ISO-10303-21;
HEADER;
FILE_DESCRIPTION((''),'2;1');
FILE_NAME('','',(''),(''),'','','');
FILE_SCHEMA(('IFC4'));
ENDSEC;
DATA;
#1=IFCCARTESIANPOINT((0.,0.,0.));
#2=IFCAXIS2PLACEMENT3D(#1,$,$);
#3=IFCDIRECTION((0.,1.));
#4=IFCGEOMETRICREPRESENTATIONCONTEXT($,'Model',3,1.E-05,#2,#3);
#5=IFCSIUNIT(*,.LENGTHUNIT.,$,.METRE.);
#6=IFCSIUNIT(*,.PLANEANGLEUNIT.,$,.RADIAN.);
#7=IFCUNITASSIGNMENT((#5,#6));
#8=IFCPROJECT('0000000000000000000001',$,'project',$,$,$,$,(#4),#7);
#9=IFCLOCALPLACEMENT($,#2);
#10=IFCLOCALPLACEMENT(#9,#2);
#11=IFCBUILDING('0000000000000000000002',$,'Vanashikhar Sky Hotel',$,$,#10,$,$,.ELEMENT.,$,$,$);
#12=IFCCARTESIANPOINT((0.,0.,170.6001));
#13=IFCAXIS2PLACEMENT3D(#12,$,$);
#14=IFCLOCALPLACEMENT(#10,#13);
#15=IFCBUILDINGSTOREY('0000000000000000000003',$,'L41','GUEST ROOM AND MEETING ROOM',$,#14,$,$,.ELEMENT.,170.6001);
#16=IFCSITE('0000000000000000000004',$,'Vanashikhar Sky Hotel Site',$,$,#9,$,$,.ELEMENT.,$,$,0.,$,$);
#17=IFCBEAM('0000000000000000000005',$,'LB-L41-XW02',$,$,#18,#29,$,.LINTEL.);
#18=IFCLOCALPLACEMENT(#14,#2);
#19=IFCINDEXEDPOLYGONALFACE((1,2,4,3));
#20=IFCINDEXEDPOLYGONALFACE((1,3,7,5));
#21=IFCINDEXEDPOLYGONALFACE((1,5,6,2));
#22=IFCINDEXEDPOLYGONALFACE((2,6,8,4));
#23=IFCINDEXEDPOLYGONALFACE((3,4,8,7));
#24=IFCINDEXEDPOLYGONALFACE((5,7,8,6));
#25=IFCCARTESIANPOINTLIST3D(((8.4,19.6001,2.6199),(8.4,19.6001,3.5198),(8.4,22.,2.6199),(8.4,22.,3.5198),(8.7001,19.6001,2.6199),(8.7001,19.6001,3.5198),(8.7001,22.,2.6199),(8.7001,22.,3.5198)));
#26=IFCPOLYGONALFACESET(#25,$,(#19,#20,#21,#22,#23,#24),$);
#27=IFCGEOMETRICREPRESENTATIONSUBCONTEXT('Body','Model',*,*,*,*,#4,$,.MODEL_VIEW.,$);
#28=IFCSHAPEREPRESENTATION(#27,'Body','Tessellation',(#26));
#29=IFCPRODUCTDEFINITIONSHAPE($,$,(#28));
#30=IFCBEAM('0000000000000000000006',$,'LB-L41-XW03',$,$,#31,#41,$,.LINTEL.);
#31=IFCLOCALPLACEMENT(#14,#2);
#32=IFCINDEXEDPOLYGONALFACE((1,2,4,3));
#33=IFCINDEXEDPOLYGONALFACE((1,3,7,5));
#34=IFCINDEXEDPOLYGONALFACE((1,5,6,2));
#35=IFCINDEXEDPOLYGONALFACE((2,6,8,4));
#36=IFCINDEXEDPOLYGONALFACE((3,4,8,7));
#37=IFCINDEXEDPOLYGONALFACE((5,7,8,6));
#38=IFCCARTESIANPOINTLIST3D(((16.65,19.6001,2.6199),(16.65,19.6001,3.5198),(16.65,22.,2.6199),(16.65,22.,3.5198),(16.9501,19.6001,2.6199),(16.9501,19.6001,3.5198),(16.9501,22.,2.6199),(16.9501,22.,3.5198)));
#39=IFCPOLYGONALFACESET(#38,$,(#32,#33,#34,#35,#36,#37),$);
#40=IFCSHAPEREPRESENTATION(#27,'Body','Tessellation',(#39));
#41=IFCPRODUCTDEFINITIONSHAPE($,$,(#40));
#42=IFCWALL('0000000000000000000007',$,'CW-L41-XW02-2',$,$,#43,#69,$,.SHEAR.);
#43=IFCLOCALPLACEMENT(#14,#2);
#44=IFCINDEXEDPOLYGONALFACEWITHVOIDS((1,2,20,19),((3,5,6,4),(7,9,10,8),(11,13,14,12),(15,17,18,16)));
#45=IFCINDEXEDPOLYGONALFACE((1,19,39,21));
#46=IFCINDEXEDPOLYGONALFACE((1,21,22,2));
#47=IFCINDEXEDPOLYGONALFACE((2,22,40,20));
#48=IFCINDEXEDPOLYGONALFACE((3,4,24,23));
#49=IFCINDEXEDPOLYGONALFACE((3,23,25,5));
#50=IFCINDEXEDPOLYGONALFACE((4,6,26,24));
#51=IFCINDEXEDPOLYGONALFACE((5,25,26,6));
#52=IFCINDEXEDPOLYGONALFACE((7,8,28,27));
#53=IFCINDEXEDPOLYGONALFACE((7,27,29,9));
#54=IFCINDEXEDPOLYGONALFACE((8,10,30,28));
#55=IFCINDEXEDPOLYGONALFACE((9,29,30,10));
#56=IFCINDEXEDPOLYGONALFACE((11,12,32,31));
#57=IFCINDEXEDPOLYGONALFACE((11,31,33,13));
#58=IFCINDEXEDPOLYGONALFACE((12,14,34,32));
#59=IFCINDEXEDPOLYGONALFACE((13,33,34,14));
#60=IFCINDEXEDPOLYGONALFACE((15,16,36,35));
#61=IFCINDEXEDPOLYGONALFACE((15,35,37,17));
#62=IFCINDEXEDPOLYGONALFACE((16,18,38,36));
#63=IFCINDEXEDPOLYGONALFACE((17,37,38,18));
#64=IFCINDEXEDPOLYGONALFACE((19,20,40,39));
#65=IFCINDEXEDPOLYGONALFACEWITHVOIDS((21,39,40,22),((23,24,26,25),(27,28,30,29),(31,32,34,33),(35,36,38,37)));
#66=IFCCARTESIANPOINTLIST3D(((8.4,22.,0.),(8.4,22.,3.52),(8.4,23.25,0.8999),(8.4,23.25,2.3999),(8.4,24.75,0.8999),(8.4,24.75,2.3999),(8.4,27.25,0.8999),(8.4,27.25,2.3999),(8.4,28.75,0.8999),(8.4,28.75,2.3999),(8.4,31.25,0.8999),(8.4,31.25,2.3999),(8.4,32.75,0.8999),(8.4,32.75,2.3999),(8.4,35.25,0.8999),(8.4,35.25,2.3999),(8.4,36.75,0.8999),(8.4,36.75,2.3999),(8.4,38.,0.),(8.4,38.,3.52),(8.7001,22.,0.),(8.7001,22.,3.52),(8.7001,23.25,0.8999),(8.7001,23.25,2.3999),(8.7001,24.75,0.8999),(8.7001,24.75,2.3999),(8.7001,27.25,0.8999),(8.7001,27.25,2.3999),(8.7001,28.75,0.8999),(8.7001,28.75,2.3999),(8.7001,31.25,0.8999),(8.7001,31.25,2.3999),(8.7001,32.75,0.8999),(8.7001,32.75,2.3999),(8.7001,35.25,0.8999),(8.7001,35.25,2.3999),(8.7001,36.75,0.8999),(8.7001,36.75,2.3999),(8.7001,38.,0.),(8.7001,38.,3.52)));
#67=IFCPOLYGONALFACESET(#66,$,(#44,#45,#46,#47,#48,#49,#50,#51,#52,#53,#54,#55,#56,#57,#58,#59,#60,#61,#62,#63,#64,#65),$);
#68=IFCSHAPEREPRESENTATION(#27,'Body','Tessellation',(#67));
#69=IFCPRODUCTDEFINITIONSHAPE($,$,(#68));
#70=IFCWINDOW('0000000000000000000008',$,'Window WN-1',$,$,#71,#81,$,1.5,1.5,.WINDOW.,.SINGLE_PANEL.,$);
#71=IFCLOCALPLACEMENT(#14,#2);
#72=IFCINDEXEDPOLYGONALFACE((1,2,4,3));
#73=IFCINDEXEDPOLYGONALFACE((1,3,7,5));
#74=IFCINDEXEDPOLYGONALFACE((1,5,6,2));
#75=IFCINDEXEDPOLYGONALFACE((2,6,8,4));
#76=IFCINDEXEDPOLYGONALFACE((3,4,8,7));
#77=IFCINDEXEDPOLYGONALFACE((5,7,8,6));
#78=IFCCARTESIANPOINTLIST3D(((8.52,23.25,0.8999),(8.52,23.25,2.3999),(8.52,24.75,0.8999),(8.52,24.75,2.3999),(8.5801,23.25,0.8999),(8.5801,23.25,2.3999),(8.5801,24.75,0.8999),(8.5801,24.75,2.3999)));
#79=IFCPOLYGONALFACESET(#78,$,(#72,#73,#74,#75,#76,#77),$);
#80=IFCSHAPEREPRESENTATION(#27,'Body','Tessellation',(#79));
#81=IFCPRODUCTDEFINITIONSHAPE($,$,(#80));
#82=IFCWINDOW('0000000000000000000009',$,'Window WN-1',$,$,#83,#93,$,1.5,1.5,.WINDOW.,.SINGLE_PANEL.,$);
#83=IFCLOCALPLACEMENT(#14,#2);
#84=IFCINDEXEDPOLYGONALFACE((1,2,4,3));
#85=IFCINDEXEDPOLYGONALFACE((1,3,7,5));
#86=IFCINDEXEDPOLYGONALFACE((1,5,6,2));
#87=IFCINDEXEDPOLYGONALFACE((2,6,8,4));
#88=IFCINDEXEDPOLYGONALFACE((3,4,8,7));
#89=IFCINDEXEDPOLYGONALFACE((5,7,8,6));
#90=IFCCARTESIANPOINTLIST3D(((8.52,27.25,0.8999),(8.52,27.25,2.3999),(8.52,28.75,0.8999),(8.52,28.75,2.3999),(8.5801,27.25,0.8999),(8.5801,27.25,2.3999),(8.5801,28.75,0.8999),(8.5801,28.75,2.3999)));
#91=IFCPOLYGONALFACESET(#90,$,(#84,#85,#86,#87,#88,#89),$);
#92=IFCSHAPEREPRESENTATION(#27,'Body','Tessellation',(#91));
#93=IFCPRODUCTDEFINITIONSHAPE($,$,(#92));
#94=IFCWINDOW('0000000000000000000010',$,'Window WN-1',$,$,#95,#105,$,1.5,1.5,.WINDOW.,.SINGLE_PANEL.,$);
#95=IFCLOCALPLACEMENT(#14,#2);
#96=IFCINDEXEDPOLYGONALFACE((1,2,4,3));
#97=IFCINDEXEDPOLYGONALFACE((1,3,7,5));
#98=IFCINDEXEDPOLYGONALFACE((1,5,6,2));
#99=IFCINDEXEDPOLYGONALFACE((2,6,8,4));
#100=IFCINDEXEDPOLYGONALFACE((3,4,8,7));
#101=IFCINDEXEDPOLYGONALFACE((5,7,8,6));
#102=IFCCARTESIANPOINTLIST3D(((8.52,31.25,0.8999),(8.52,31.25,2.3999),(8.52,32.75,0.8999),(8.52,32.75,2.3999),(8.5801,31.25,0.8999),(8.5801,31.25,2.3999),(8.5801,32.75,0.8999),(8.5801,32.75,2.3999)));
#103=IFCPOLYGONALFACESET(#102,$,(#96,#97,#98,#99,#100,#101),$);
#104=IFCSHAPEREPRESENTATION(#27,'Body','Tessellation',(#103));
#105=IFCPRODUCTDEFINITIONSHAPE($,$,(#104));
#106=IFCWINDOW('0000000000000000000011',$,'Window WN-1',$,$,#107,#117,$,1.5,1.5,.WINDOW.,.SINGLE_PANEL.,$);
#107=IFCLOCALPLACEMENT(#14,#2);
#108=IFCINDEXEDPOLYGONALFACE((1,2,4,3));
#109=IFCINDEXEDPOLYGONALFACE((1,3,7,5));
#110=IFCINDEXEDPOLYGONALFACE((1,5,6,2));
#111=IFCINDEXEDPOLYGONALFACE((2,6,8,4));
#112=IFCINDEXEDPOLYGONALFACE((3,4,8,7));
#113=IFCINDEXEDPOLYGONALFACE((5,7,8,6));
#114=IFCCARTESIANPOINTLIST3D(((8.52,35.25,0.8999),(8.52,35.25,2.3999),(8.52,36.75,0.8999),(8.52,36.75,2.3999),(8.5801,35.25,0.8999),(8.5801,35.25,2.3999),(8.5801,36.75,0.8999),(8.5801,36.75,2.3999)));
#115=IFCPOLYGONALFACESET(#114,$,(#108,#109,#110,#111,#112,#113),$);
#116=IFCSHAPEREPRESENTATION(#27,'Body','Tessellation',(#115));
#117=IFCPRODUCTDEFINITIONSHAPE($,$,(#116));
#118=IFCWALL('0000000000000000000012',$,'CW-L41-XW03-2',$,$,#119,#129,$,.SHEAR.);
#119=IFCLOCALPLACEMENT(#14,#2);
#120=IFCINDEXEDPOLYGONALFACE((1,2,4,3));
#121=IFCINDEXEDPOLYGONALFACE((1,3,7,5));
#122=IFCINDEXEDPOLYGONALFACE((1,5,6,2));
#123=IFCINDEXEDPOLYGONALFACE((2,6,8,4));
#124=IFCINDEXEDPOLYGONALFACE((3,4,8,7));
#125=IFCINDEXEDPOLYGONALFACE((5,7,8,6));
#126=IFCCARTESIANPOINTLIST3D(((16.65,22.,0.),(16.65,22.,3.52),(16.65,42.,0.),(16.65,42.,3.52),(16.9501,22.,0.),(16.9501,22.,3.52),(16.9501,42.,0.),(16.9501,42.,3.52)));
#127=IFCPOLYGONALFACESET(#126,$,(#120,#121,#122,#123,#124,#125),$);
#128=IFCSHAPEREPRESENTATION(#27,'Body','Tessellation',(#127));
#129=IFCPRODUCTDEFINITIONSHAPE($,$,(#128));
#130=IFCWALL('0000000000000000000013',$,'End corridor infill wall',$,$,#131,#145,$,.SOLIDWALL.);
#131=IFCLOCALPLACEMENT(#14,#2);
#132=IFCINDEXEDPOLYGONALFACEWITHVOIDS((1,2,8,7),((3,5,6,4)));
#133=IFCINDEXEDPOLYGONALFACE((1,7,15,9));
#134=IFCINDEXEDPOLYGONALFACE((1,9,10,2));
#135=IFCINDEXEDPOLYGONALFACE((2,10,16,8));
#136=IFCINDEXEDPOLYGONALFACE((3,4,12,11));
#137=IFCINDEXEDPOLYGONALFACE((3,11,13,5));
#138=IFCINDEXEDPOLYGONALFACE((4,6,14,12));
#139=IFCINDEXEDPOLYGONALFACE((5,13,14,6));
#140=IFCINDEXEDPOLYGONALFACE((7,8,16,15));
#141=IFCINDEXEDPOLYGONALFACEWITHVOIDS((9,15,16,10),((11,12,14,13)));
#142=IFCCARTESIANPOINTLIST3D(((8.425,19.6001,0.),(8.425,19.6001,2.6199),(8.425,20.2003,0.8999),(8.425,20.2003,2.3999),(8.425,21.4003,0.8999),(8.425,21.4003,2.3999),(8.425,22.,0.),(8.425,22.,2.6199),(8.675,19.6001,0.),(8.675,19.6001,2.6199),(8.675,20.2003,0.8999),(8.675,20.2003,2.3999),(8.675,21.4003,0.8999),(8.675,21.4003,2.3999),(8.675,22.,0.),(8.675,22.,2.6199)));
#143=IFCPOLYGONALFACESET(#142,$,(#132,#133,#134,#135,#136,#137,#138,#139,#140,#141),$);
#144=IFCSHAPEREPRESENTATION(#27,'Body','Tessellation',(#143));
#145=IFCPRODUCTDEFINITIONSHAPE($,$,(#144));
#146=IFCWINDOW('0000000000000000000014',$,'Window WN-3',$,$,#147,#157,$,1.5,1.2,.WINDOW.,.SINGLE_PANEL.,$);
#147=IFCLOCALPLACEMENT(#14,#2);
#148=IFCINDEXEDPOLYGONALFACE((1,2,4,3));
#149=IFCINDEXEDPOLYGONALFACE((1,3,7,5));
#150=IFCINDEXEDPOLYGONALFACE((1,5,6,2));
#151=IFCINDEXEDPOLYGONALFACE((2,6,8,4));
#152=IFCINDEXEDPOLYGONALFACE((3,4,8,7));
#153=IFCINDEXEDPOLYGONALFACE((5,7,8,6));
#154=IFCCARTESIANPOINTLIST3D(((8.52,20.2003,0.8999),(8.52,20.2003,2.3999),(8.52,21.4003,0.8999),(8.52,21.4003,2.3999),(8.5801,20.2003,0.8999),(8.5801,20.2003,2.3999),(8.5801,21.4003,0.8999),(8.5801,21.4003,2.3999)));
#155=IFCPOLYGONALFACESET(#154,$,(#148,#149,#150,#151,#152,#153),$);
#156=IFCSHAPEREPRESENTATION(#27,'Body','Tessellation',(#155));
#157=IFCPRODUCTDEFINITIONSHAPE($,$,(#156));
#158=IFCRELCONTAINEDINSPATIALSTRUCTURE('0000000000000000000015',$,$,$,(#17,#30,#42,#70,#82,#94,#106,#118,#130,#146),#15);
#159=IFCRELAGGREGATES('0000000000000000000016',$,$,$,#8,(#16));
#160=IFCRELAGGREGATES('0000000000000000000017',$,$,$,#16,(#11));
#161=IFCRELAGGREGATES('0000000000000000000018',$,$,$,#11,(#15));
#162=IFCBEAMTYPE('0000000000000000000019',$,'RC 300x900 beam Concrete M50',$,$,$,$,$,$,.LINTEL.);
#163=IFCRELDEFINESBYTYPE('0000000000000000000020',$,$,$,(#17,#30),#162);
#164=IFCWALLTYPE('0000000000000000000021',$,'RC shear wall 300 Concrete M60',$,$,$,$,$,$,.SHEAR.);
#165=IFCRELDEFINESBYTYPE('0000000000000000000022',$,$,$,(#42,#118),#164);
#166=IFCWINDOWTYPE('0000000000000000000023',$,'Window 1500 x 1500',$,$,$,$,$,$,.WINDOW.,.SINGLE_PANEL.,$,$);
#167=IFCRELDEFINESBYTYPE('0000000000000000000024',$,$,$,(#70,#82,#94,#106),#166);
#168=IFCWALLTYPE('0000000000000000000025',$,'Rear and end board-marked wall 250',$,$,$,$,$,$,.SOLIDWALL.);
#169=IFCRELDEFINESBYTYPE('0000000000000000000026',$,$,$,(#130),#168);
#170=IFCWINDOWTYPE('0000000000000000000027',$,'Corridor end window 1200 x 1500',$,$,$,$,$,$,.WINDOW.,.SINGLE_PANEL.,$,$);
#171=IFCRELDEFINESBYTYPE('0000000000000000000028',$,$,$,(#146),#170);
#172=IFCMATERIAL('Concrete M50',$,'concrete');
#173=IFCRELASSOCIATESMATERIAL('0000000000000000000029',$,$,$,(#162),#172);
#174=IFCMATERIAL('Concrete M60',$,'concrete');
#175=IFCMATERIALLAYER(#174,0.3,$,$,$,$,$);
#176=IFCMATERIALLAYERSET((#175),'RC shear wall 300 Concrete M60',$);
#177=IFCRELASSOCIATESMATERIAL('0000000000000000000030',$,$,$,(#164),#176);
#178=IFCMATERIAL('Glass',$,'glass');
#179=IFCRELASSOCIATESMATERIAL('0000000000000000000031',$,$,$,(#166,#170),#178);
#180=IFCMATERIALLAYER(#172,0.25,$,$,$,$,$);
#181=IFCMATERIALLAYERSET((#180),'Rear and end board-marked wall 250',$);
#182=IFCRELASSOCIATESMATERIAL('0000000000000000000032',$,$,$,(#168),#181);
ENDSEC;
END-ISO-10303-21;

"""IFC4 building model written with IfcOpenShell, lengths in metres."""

from ifc_helpers import new_model, si_unit, direction, frame, frame_2d, origin, origin_2d, place, context, subcontext, project, spatial, rectangle, extrude, source, transform, mapped, material, layer, layer_set, material_profile, profile_set, type_object, element, fill, save


model = new_model("IFC4")

# Units and contexts
model_context = context("Model", 3, precision=1e-05, world=origin(), true_north=direction((0.0, 1.0)))
body_context = subcontext(model_context, "Body", "Model", "MODEL_VIEW")
ifc_project = project(units=[si_unit("LENGTHUNIT", "METRE"), si_unit("PLANEANGLEUNIT", "RADIAN")], contexts=[model_context])

# Site, building, storey
site_placement = place(None, origin())
site = spatial("IfcSite", under=ifc_project, at=site_placement, Name="Vanashikhar Sky Hotel Site", CompositionType="ELEMENT", RefElevation=0.0)
building_placement = place(site_placement, origin())
building = spatial("IfcBuilding", under=site, at=building_placement, Name="Vanashikhar Sky Hotel", CompositionType="ELEMENT")
storey_placement = place(building_placement, frame((0.0, 0.0, 170.6001)))
storey = spatial("IfcBuildingStorey", under=building, at=storey_placement, Name="L41", Description="GUEST ROOM AND MEETING ROOM", CompositionType="ELEMENT", Elevation=170.6001)

# Beams
ifc_material_1 = material(Name="Concrete M50", Category="concrete")
ifc_material_profile = material_profile(ifc_material_1, rectangle(XDim=0.3, YDim=0.8999, at=origin_2d()))
ifc_profile_set = profile_set([ifc_material_profile], Name="RC 300x900 beam Concrete M50")
beam_type = type_object("IfcBeamType", Name="RC 300x900 beam Concrete M50", PredefinedType="LINTEL", material=ifc_profile_set)
shared_shape_1 = source(origin(), body_context, "Body", "SweptSolid", [
    extrude(rectangle(XDim=0.3, YDim=0.8999, at=origin_2d()), origin(), (0.0, 0.0, 1.0), 2.3999),
])
for number, where, z_axis, x_axis, name in (
    (1, (8.55, 19.6001, 3.0698), (0.0, 1.0, 0.0), (-1.0, 0.0, 0.0), "LB-L41-XW02"),
    (2, (16.8, 19.6001, 3.0698), (0.0, 1.0, 0.0), (-1.0, 0.0, 0.0), "LB-L41-XW03"),
):
    element("IfcBeam", number, at=place(storey_placement, frame(where, z_axis=z_axis, x_axis=x_axis)), inside=storey, type_object=beam_type, Name=name, PredefinedType="LINTEL", context=body_context, shape_type="MappedRepresentation", body=[
        mapped(shared_shape_1, transform((0.0, 0.0, 0.0), scale=1.0)),
    ])

# Wall, openings, windows
ifc_material_2 = material(Name="Concrete M60", Category="concrete")
ifc_layer_1 = layer(ifc_material_2, 0.3)
ifc_layer_set_1 = layer_set([ifc_layer_1], Name="RC shear wall 300 Concrete M60")
wall_type_1 = type_object("IfcWallType", Name="RC shear wall 300 Concrete M60", PredefinedType="SHEAR", material=ifc_layer_set_1)
shared_shape_2 = source(origin(), body_context, "Body", "SweptSolid", [
    extrude(rectangle(XDim=16.0, YDim=0.3, at=frame_2d((8.0, 0.0))), origin(), (0.0, 0.0, 1.0), 3.52),
])
wall_1_placement = place(storey_placement, frame((8.55, 22.0, 0.0), z_axis=(0.0, 0.0, 1.0), x_axis=(0.0, 1.0, 0.0)))
wall_1 = element("IfcWall", 3, at=wall_1_placement, inside=storey, type_object=wall_type_1, Name="CW-L41-XW02-2", PredefinedType="SHEAR", context=body_context, shape_type="MappedRepresentation", body=[
    mapped(shared_shape_2, transform((0.0, 0.0, 0.0), scale=1.0)),
])
shared_shape_3 = source(origin(), body_context, "Body", "SweptSolid", [
    extrude(rectangle(XDim=1.5, YDim=1.5, at=frame_2d((0.75, 0.75))), frame((0.0, 0.1602, 0.0), z_axis=(0.0, -1.0, 0.0), x_axis=(1.0, 0.0, 0.0)), (0.0, 0.0, 1.0), 0.3201),
])
opening_1_placement = place(wall_1_placement, frame((1.25, 0.0, 0.8999)))
opening_1 = element("IfcOpeningElement", 4, at=opening_1_placement, cuts=wall_1, PredefinedType="OPENING", context=body_context, shape_type="MappedRepresentation", body=[
    mapped(shared_shape_3, transform((0.0, 0.0, 0.0), scale=1.0)),
])
opening_2_placement = place(wall_1_placement, frame((5.25, 0.0, 0.8999)))
opening_2 = element("IfcOpeningElement", 5, at=opening_2_placement, cuts=wall_1, PredefinedType="OPENING", context=body_context, shape_type="MappedRepresentation", body=[
    mapped(shared_shape_3, transform((0.0, 0.0, 0.0), scale=1.0)),
])
opening_3_placement = place(wall_1_placement, frame((9.25, 0.0, 0.8999)))
opening_3 = element("IfcOpeningElement", 6, at=opening_3_placement, cuts=wall_1, PredefinedType="OPENING", context=body_context, shape_type="MappedRepresentation", body=[
    mapped(shared_shape_3, transform((0.0, 0.0, 0.0), scale=1.0)),
])
opening_4_placement = place(wall_1_placement, frame((13.25, 0.0, 0.8999)))
opening_4 = element("IfcOpeningElement", 7, at=opening_4_placement, cuts=wall_1, PredefinedType="OPENING", context=body_context, shape_type="MappedRepresentation", body=[
    mapped(shared_shape_3, transform((0.0, 0.0, 0.0), scale=1.0)),
])
ifc_material_3 = material(Name="Glass", Category="glass")
window_type_1 = type_object("IfcWindowType", Name="Window 1500 x 1500", PartitioningType="SINGLE_PANEL", PredefinedType="WINDOW", material=ifc_material_3)
shared_shape_4 = source(origin(), body_context, "Body", "SweptSolid", [
    extrude(rectangle(XDim=1.5, YDim=1.5, at=frame_2d((0.75, 0.75))), frame((0.0, 0.03, 0.0), z_axis=(0.0, -1.0, 0.0), x_axis=(1.0, 0.0, 0.0)), (0.0, 0.0, 1.0), 0.0601),
])
window_1_placement = place(opening_1_placement, origin())
window_1 = element("IfcWindow", 8, at=window_1_placement, inside=storey, type_object=window_type_1, Name="Window WN-1", OverallHeight=1.5, OverallWidth=1.5, PartitioningType="SINGLE_PANEL", PredefinedType="WINDOW", context=body_context, shape_type="MappedRepresentation", body=[
    mapped(shared_shape_4, transform((0.0, 0.0, 0.0), scale=1.0)),
])
fill(opening_1, window_1)
window_2_placement = place(opening_2_placement, origin())
window_2 = element("IfcWindow", 9, at=window_2_placement, inside=storey, type_object=window_type_1, Name="Window WN-1", OverallHeight=1.5, OverallWidth=1.5, PartitioningType="SINGLE_PANEL", PredefinedType="WINDOW", context=body_context, shape_type="MappedRepresentation", body=[
    mapped(shared_shape_4, transform((0.0, 0.0, 0.0), scale=1.0)),
])
fill(opening_2, window_2)
window_3_placement = place(opening_3_placement, origin())
window_3 = element("IfcWindow", 10, at=window_3_placement, inside=storey, type_object=window_type_1, Name="Window WN-1", OverallHeight=1.5, OverallWidth=1.5, PartitioningType="SINGLE_PANEL", PredefinedType="WINDOW", context=body_context, shape_type="MappedRepresentation", body=[
    mapped(shared_shape_4, transform((0.0, 0.0, 0.0), scale=1.0)),
])
fill(opening_3, window_3)
window_4_placement = place(opening_4_placement, origin())
window_4 = element("IfcWindow", 11, at=window_4_placement, inside=storey, type_object=window_type_1, Name="Window WN-1", OverallHeight=1.5, OverallWidth=1.5, PartitioningType="SINGLE_PANEL", PredefinedType="WINDOW", context=body_context, shape_type="MappedRepresentation", body=[
    mapped(shared_shape_4, transform((0.0, 0.0, 0.0), scale=1.0)),
])
fill(opening_4, window_4)

# Wall
shared_shape_5 = source(origin(), body_context, "Body", "SweptSolid", [
    extrude(rectangle(XDim=20.0, YDim=0.3, at=frame_2d((10.0, 0.0))), origin(), (0.0, 0.0, 1.0), 3.52),
])
wall_2_placement = place(storey_placement, frame((16.8, 22.0, 0.0), z_axis=(0.0, 0.0, 1.0), x_axis=(0.0, 1.0, 0.0)))
element("IfcWall", 12, at=wall_2_placement, inside=storey, type_object=wall_type_1, Name="CW-L41-XW03-2", PredefinedType="SHEAR", context=body_context, shape_type="MappedRepresentation", body=[
    mapped(shared_shape_5, transform((0.0, 0.0, 0.0), scale=1.0)),
])

# Wall, opening, window
ifc_layer_2 = layer(ifc_material_1, 0.25)
ifc_layer_set_2 = layer_set([ifc_layer_2], Name="Rear and end board-marked wall 250")
wall_type_2 = type_object("IfcWallType", Name="Rear and end board-marked wall 250", PredefinedType="SOLIDWALL", material=ifc_layer_set_2)
shared_shape_6 = source(origin(), body_context, "Body", "SweptSolid", [
    extrude(rectangle(XDim=2.3999, YDim=0.25, at=frame_2d((1.2, 0.0))), origin(), (0.0, 0.0, 1.0), 2.6199),
])
wall_3_placement = place(storey_placement, frame((8.55, 19.6001, 0.0), z_axis=(0.0, 0.0, 1.0), x_axis=(0.0, 1.0, 0.0)))
wall_3 = element("IfcWall", 13, at=wall_3_placement, inside=storey, type_object=wall_type_2, Name="End corridor infill wall", PredefinedType="SOLIDWALL", context=body_context, shape_type="MappedRepresentation", body=[
    mapped(shared_shape_6, transform((0.0, 0.0, 0.0), scale=1.0)),
])
shared_shape_7 = source(origin(), body_context, "Body", "SweptSolid", [
    extrude(rectangle(XDim=1.2, YDim=1.5, at=frame_2d((0.6001, 0.75))), frame((0.0, 0.135, 0.0), z_axis=(0.0, -1.0, 0.0), x_axis=(1.0, 0.0, 0.0)), (0.0, 0.0, 1.0), 0.27),
])
opening_5_placement = place(wall_3_placement, frame((0.6001, 0.0, 0.8999)))
opening_5 = element("IfcOpeningElement", 14, at=opening_5_placement, cuts=wall_3, PredefinedType="OPENING", context=body_context, shape_type="MappedRepresentation", body=[
    mapped(shared_shape_7, transform((0.0, 0.0, 0.0), scale=1.0)),
])
window_type_2 = type_object("IfcWindowType", Name="Corridor end window 1200 x 1500", PartitioningType="SINGLE_PANEL", PredefinedType="WINDOW", material=ifc_material_3)
shared_shape_8 = source(origin(), body_context, "Body", "SweptSolid", [
    extrude(rectangle(XDim=1.2, YDim=1.5, at=frame_2d((0.6001, 0.75))), frame((0.0, 0.03, 0.0), z_axis=(0.0, -1.0, 0.0), x_axis=(1.0, 0.0, 0.0)), (0.0, 0.0, 1.0), 0.0601),
])
window_5_placement = place(opening_5_placement, origin())
window_5 = element("IfcWindow", 15, at=window_5_placement, inside=storey, type_object=window_type_2, Name="Window WN-3", OverallHeight=1.5, OverallWidth=1.2, PartitioningType="SINGLE_PANEL", PredefinedType="WINDOW", context=body_context, shape_type="MappedRepresentation", body=[
    mapped(shared_shape_8, transform((0.0, 0.0, 0.0), scale=1.0)),
])
fill(opening_5, window_5)

save(model, "model.ifc")
